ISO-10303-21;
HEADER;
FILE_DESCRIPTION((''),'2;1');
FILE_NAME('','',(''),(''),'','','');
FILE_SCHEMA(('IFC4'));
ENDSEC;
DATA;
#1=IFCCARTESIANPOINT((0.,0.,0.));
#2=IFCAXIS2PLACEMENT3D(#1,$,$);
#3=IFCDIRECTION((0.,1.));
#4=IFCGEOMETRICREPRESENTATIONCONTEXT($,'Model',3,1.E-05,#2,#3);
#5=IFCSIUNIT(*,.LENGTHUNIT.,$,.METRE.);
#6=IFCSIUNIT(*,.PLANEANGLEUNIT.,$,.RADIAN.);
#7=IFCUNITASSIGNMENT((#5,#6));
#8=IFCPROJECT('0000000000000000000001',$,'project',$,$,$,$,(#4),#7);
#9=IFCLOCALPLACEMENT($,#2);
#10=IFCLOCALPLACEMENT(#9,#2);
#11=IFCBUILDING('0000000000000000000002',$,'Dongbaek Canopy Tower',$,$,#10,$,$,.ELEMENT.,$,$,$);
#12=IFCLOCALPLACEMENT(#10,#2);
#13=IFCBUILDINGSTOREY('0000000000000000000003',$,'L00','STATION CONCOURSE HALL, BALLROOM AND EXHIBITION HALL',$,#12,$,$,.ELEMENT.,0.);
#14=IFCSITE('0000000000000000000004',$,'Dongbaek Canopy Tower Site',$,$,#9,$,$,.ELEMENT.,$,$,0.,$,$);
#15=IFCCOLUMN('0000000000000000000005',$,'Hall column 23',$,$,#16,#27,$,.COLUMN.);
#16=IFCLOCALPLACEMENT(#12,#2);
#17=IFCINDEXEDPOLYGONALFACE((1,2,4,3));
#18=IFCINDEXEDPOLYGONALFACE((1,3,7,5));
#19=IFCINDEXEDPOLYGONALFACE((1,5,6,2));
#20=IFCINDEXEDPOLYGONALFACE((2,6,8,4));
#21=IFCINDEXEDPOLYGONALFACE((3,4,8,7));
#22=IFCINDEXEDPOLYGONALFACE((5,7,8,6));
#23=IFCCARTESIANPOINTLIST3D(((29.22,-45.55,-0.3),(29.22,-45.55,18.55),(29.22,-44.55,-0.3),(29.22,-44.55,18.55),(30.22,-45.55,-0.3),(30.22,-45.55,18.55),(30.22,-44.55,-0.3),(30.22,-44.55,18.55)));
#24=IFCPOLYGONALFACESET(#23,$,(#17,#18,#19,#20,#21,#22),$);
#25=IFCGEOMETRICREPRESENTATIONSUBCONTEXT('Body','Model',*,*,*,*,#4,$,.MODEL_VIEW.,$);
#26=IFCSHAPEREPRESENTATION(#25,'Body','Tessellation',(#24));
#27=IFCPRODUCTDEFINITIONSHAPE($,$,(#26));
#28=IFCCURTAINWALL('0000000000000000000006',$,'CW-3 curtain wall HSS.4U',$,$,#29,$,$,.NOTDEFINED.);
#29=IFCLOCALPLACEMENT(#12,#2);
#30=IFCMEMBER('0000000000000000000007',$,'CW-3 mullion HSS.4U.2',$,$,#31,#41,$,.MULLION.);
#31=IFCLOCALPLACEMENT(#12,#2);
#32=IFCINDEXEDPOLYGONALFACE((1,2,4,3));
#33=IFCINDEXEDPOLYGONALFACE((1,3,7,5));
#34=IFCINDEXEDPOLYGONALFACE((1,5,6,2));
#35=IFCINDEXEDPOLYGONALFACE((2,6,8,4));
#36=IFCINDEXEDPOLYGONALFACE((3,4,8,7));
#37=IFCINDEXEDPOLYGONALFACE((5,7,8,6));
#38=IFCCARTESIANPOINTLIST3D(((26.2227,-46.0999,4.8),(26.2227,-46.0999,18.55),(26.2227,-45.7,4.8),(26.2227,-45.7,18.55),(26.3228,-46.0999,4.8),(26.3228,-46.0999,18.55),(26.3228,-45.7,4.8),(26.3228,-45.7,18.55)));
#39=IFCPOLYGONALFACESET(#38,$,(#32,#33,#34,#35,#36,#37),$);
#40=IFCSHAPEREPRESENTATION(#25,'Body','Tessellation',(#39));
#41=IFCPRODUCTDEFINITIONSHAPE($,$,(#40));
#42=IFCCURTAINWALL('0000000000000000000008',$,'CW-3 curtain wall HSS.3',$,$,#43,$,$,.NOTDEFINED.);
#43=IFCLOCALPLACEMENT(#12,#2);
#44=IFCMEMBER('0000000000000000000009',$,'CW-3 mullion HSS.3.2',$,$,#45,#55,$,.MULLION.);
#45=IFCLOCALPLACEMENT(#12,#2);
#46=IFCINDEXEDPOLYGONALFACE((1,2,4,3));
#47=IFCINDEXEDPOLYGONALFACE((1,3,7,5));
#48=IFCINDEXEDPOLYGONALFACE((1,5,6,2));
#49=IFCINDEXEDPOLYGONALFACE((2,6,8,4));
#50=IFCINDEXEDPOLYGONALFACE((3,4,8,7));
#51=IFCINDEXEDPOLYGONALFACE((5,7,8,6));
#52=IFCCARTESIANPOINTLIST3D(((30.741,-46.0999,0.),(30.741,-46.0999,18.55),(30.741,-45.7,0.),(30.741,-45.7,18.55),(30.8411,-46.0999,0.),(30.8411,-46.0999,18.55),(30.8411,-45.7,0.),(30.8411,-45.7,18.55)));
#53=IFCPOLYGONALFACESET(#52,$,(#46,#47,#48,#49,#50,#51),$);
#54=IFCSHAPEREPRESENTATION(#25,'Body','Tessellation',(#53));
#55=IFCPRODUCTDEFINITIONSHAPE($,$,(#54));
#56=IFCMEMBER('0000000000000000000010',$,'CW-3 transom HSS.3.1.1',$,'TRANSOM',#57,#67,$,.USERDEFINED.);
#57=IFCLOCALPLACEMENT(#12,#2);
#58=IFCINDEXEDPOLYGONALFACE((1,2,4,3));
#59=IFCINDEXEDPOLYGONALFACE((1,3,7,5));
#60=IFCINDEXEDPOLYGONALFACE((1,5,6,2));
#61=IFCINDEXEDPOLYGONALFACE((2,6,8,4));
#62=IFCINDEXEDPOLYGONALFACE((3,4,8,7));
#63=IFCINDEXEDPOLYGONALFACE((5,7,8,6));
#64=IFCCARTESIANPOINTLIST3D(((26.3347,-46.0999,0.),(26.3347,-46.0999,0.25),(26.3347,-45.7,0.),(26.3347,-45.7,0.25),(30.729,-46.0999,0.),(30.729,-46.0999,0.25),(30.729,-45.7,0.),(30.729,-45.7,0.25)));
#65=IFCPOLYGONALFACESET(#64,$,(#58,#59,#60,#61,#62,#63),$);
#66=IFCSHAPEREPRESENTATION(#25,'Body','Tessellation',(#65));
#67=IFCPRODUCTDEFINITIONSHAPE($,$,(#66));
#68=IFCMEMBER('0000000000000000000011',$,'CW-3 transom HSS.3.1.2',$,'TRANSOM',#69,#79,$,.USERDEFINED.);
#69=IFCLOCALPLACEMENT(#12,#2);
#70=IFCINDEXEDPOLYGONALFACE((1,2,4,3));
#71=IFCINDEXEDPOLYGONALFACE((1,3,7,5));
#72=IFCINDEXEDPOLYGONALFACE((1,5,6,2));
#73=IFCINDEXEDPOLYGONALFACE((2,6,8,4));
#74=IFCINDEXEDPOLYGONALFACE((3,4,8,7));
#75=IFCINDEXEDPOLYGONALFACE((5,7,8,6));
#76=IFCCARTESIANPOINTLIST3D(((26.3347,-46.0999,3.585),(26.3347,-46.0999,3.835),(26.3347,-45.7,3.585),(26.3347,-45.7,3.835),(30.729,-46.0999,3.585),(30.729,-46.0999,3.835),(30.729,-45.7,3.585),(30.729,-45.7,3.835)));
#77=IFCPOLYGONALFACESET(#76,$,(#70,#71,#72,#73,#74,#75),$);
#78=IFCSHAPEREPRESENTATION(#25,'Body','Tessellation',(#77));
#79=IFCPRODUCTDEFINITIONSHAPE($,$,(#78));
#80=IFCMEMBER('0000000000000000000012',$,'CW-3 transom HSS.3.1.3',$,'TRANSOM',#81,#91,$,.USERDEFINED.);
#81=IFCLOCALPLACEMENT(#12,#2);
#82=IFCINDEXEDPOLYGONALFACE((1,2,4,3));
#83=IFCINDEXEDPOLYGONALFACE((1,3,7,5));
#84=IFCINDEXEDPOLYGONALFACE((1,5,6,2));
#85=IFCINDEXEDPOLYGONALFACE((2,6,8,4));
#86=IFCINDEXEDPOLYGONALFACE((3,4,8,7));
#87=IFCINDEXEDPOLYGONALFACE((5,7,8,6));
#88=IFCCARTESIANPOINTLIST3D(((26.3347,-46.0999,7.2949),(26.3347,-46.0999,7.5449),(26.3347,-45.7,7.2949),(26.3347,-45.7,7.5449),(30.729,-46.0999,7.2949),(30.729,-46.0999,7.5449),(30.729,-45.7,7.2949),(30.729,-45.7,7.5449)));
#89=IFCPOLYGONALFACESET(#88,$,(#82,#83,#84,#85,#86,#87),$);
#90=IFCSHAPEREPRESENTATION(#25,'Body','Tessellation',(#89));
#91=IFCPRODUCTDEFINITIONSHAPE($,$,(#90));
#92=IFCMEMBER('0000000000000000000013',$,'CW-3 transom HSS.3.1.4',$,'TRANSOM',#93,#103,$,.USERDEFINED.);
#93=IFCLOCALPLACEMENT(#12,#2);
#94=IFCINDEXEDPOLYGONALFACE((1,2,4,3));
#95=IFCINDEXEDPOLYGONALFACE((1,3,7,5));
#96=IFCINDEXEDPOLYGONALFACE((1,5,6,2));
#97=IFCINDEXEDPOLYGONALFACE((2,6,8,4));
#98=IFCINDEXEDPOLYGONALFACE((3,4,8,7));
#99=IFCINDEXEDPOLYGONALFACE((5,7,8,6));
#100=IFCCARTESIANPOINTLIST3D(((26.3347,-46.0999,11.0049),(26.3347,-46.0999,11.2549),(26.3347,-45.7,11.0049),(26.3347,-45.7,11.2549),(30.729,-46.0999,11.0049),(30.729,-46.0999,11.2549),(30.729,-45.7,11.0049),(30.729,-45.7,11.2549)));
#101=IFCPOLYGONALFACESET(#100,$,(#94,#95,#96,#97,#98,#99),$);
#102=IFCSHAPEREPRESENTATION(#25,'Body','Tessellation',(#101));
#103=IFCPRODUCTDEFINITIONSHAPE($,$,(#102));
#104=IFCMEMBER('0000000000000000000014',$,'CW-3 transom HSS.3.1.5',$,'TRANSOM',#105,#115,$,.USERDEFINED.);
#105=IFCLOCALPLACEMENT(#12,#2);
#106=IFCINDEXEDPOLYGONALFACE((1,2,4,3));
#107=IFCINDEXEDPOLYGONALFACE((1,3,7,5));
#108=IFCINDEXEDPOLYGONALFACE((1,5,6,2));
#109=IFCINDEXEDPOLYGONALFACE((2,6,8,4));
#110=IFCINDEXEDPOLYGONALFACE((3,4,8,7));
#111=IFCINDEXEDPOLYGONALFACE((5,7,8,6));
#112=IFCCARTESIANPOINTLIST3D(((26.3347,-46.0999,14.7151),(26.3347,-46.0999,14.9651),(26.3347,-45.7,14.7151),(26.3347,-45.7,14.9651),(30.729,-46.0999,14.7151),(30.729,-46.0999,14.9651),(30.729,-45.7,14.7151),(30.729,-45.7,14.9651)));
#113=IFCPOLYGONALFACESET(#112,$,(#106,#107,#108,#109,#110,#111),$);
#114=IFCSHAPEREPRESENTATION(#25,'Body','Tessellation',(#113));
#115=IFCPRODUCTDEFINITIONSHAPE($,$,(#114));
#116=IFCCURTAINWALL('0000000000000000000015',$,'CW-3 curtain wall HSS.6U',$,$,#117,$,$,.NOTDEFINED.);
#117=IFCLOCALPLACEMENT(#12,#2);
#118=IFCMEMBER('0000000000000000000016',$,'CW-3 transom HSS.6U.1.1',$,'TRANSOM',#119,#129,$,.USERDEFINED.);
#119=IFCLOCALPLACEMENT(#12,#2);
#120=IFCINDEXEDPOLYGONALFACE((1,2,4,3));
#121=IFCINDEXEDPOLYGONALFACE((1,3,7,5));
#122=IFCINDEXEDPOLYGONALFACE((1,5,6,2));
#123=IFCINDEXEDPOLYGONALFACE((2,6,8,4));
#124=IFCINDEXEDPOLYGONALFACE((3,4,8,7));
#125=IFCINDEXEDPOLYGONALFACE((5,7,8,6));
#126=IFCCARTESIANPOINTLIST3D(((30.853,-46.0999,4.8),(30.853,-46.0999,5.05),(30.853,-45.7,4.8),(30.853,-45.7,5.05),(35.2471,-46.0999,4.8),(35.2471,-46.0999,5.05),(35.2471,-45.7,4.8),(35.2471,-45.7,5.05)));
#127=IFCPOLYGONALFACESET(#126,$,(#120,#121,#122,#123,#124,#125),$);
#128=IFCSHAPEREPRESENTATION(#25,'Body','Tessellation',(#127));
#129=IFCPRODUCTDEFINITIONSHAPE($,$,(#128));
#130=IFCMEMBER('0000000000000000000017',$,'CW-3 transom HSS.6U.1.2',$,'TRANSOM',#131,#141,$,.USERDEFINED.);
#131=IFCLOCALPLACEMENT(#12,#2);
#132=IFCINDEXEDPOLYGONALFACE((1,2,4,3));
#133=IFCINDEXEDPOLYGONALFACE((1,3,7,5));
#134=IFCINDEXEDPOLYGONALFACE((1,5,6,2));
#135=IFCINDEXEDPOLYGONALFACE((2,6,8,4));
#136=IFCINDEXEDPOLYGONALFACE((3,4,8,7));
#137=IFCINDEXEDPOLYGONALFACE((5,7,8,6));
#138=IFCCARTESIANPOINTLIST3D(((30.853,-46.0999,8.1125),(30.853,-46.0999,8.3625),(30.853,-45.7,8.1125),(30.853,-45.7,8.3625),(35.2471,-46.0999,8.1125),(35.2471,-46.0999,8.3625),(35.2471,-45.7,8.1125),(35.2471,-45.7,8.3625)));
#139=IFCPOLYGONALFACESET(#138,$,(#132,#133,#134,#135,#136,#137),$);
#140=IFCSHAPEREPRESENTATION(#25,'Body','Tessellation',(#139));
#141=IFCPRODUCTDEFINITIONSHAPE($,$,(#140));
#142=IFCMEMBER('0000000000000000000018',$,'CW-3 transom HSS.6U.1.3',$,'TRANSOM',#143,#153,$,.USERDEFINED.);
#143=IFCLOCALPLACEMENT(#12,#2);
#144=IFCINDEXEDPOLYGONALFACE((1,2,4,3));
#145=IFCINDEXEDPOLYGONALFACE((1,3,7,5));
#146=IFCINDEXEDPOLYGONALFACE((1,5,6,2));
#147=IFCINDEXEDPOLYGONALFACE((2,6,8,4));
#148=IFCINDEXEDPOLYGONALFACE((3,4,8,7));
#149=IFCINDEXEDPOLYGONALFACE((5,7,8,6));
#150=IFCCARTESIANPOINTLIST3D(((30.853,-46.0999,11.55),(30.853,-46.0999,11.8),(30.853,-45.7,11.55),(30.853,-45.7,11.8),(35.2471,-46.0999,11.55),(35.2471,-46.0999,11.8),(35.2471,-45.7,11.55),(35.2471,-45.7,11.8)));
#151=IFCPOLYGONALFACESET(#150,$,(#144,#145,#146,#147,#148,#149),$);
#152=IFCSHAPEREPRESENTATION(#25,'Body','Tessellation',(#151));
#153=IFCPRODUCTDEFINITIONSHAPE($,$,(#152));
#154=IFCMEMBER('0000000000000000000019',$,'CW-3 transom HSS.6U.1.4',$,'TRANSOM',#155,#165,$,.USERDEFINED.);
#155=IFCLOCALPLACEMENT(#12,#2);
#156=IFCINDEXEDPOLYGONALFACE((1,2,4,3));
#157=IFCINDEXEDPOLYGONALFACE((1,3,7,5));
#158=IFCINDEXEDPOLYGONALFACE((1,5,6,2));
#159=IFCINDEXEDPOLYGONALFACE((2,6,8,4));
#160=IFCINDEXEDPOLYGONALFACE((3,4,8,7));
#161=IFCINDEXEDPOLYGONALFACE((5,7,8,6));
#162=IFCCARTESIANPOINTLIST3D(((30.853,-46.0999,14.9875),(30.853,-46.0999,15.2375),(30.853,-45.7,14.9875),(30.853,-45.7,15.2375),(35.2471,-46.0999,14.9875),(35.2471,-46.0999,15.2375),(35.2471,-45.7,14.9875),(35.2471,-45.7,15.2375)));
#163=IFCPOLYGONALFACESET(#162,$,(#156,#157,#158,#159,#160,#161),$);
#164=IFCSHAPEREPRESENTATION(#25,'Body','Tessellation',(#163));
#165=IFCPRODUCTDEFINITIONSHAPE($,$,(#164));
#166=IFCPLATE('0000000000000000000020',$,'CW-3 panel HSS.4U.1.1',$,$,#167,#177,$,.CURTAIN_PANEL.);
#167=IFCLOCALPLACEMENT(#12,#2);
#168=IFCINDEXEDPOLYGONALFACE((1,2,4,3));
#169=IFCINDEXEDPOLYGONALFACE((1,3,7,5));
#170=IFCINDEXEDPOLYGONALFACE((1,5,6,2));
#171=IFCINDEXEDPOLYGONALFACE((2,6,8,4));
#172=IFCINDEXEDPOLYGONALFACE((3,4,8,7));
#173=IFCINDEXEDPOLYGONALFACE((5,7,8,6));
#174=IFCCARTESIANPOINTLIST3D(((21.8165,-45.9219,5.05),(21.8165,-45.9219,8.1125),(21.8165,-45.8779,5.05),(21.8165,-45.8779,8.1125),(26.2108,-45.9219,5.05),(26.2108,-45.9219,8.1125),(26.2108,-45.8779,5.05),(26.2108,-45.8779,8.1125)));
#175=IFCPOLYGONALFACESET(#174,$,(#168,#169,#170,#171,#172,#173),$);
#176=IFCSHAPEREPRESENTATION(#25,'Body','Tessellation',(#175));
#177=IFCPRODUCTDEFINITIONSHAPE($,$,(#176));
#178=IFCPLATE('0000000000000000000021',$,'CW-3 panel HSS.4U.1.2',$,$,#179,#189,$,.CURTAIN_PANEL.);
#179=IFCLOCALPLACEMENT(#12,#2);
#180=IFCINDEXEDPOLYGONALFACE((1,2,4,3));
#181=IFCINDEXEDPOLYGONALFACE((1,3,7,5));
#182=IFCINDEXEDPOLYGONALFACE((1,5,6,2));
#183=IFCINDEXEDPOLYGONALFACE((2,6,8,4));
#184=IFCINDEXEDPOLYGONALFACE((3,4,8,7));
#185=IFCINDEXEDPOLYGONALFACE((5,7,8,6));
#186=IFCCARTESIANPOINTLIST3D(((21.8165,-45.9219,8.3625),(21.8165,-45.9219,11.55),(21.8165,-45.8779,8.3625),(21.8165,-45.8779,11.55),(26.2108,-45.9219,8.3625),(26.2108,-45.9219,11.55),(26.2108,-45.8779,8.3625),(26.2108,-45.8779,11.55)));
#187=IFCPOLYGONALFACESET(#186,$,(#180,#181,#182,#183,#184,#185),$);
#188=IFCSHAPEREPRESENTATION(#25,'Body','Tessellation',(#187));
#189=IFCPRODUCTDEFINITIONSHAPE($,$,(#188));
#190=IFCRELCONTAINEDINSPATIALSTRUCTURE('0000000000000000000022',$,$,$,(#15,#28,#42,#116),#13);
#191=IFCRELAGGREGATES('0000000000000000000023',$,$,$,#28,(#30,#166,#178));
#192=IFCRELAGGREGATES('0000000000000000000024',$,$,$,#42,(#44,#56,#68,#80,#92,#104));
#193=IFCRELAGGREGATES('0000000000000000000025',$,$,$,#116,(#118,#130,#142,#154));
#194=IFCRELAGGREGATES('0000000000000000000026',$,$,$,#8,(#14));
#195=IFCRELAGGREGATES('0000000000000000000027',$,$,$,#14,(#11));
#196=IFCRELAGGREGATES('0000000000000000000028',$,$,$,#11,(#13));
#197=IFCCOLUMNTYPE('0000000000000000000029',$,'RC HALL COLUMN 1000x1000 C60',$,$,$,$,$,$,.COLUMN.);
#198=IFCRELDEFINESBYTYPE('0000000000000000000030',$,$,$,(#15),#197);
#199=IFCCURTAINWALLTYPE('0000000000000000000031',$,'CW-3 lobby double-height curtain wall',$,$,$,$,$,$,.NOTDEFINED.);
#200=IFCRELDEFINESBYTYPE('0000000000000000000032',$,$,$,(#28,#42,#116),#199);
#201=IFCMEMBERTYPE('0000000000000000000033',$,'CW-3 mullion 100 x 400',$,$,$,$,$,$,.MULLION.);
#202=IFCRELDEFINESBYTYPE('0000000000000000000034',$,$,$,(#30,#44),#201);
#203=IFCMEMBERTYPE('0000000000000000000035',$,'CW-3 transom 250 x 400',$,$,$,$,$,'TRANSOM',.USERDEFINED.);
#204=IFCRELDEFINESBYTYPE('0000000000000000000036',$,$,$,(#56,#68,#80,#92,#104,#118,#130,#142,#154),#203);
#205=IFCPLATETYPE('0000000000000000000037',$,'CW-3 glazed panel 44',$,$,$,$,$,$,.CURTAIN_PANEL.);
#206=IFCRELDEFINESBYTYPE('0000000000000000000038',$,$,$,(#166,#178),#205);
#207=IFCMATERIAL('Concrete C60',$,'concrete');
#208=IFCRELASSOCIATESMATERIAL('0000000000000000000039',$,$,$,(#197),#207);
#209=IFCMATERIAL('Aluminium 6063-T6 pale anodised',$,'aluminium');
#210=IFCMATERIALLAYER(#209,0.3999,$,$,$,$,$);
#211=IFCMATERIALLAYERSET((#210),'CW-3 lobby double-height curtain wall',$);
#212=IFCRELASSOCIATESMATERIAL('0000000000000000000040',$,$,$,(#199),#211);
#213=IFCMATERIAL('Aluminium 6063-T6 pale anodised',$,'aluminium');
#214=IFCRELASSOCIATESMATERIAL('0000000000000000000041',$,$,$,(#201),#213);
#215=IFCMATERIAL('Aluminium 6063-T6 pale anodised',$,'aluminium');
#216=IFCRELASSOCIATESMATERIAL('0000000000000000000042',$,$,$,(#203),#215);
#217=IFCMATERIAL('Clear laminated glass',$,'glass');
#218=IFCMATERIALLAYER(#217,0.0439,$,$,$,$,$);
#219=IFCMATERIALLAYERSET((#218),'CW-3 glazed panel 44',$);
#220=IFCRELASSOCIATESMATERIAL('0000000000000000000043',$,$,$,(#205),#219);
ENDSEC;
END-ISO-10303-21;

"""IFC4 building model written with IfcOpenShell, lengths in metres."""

from ifc_helpers import new_model, si_unit, direction, frame, origin, origin_2d, place, context, subcontext, project, spatial, rectangle, extrude, material, layer, layer_set, material_profile, profile_set, type_object, element, aggregate, save


model = new_model("IFC4")

# Units and contexts
model_context = context("Model", 3, precision=1e-05, world=origin(), true_north=direction((0.0, 1.0)))
body_context = subcontext(model_context, "Body", "Model", "MODEL_VIEW")
ifc_project = project(units=[si_unit("LENGTHUNIT", "METRE"), si_unit("PLANEANGLEUNIT", "RADIAN")], contexts=[model_context])

# Site, building, storey
site_placement = place(None, origin())
site = spatial("IfcSite", under=ifc_project, at=site_placement, Name="Dongbaek Canopy Tower Site", CompositionType="ELEMENT", RefElevation=0.0)
building_placement = place(site_placement, origin())
building = spatial("IfcBuilding", under=site, at=building_placement, Name="Dongbaek Canopy Tower", CompositionType="ELEMENT")
storey_placement = place(building_placement, origin())
storey = spatial("IfcBuildingStorey", under=building, at=storey_placement, Name="L00", Description="STATION CONCOURSE HALL, BALLROOM AND EXHIBITION HALL", CompositionType="ELEMENT", Elevation=0.0)

# Column
ifc_material_1 = material(Name="Concrete C60", Category="concrete")
ifc_material_profile_1 = material_profile(ifc_material_1, rectangle(XDim=1.0, YDim=1.0, at=origin_2d()), Name="RC HALL COLUMN 1000x1000 C60")
ifc_profile_set_1 = profile_set([ifc_material_profile_1], Name="Concrete C60")
column_type = type_object("IfcColumnType", Name="RC HALL COLUMN 1000x1000 C60", PredefinedType="COLUMN", material=ifc_profile_set_1)
column_placement = place(storey_placement, frame((29.72, -45.05, -0.3), z_axis=(0.0, 0.0, 1.0), x_axis=(1.0, 0.0, 0.0)))
element("IfcColumn", 1, at=column_placement, inside=storey, type_object=column_type, Name="Hall column 23", PredefinedType="COLUMN", context=body_context, shape_type="SweptSolid", body=[
    extrude(rectangle(XDim=1.0, YDim=1.0, at=origin_2d()), origin(), (0.0, 0.0, 1.0), 18.8501),
])

# Curtain wall, member
ifc_material_2 = material(Name="Aluminium 6063-T6 pale anodised", Category="aluminium")
ifc_layer_1 = layer(ifc_material_2, 0.3999)
ifc_layer_set_1 = layer_set([ifc_layer_1], Name="CW-3 lobby double-height curtain wall")
curtain_wall_type = type_object("IfcCurtainWallType", Name="CW-3 lobby double-height curtain wall", PredefinedType="NOTDEFINED", material=ifc_layer_set_1)
curtain_wall_1_placement = place(storey_placement, origin())
curtain_wall_1 = element("IfcCurtainWall", 2, at=curtain_wall_1_placement, inside=storey, type_object=curtain_wall_type, Name="CW-3 curtain wall HSS.4U", PredefinedType="NOTDEFINED")
ifc_material_3 = material(Name="Aluminium 6063-T6 pale anodised", Category="aluminium")
ifc_material_profile_2 = material_profile(ifc_material_3, rectangle(XDim=0.3999, YDim=0.1001, at=origin_2d()), Name="CW-3 mullion 100 x 400")
ifc_profile_set_2 = profile_set([ifc_material_profile_2], Name="Aluminium 6063-T6 pale anodised")
member_type_1 = type_object("IfcMemberType", Name="CW-3 mullion 100 x 400", PredefinedType="MULLION", material=ifc_profile_set_2)
member_1_placement = place(storey_placement, frame((26.2727, -45.8999, 4.8), z_axis=(0.0, 0.0, 1.0), x_axis=(0.0, -1.0, 0.0)))
member_1 = element("IfcMember", 3, at=member_1_placement, type_object=member_type_1, Name="CW-3 mullion HSS.4U.2", PredefinedType="MULLION", context=body_context, shape_type="SweptSolid", body=[
    extrude(rectangle(XDim=0.3999, YDim=0.1001, at=origin_2d()), origin(), (0.0, 0.0, 1.0), 13.75),
])

# Curtain walls, members
curtain_wall_2_placement = place(storey_placement, origin())
curtain_wall_2 = element("IfcCurtainWall", 4, at=curtain_wall_2_placement, inside=storey, type_object=curtain_wall_type, Name="CW-3 curtain wall HSS.3", PredefinedType="NOTDEFINED")
member_2_placement = place(storey_placement, frame((30.791, -45.8999, 0.0), z_axis=(0.0, 0.0, 1.0), x_axis=(0.0, -1.0, 0.0)))
member_2 = element("IfcMember", 5, at=member_2_placement, type_object=member_type_1, Name="CW-3 mullion HSS.3.2", PredefinedType="MULLION", context=body_context, shape_type="SweptSolid", body=[
    extrude(rectangle(XDim=0.3999, YDim=0.1001, at=origin_2d()), origin(), (0.0, 0.0, 1.0), 18.55),
])
ifc_material_4 = material(Name="Aluminium 6063-T6 pale anodised", Category="aluminium")
ifc_material_profile_3 = material_profile(ifc_material_4, rectangle(XDim=0.3999, YDim=0.25, at=origin_2d()), Name="CW-3 transom 250 x 400")
ifc_profile_set_3 = profile_set([ifc_material_profile_3], Name="Aluminium 6063-T6 pale anodised")
member_type_2 = type_object("IfcMemberType", Name="CW-3 transom 250 x 400", ElementType="TRANSOM", PredefinedType="USERDEFINED", material=ifc_profile_set_3)
member_3_placement = place(storey_placement, frame((26.3347, -45.8999, 0.125), z_axis=(1.0, 0.0, 0.0), x_axis=(0.0, 1.0, 0.0)))
member_3 = element("IfcMember", 6, at=member_3_placement, type_object=member_type_2, Name="CW-3 transom HSS.3.1.1", ObjectType="TRANSOM", PredefinedType="USERDEFINED", context=body_context, shape_type="SweptSolid", body=[
    extrude(rectangle(XDim=0.3999, YDim=0.25, at=origin_2d()), origin(), (0.0, 0.0, 1.0), 4.3943),
])
member_4_placement = place(storey_placement, frame((26.3347, -45.8999, 3.71), z_axis=(1.0, 0.0, 0.0), x_axis=(0.0, 1.0, 0.0)))
member_4 = element("IfcMember", 7, at=member_4_placement, type_object=member_type_2, Name="CW-3 transom HSS.3.1.2", ObjectType="TRANSOM", PredefinedType="USERDEFINED", context=body_context, shape_type="SweptSolid", body=[
    extrude(rectangle(XDim=0.3999, YDim=0.25, at=origin_2d()), origin(), (0.0, 0.0, 1.0), 4.3943),
])
member_5_placement = place(storey_placement, frame((26.3347, -45.8999, 7.4199), z_axis=(1.0, 0.0, 0.0), x_axis=(0.0, 1.0, 0.0)))
member_5 = element("IfcMember", 8, at=member_5_placement, type_object=member_type_2, Name="CW-3 transom HSS.3.1.3", ObjectType="TRANSOM", PredefinedType="USERDEFINED", context=body_context, shape_type="SweptSolid", body=[
    extrude(rectangle(XDim=0.3999, YDim=0.25, at=origin_2d()), origin(), (0.0, 0.0, 1.0), 4.3943),
])
member_6_placement = place(storey_placement, frame((26.3347, -45.8999, 11.1299), z_axis=(1.0, 0.0, 0.0), x_axis=(0.0, 1.0, 0.0)))
member_6 = element("IfcMember", 9, at=member_6_placement, type_object=member_type_2, Name="CW-3 transom HSS.3.1.4", ObjectType="TRANSOM", PredefinedType="USERDEFINED", context=body_context, shape_type="SweptSolid", body=[
    extrude(rectangle(XDim=0.3999, YDim=0.25, at=origin_2d()), origin(), (0.0, 0.0, 1.0), 4.3943),
])
member_7_placement = place(storey_placement, frame((26.3347, -45.8999, 14.8401), z_axis=(1.0, 0.0, 0.0), x_axis=(0.0, 1.0, 0.0)))
member_7 = element("IfcMember", 10, at=member_7_placement, type_object=member_type_2, Name="CW-3 transom HSS.3.1.5", ObjectType="TRANSOM", PredefinedType="USERDEFINED", context=body_context, shape_type="SweptSolid", body=[
    extrude(rectangle(XDim=0.3999, YDim=0.25, at=origin_2d()), origin(), (0.0, 0.0, 1.0), 4.3943),
])
curtain_wall_3_placement = place(storey_placement, origin())
curtain_wall_3 = element("IfcCurtainWall", 11, at=curtain_wall_3_placement, inside=storey, type_object=curtain_wall_type, Name="CW-3 curtain wall HSS.6U", PredefinedType="NOTDEFINED")
member_8_placement = place(storey_placement, frame((30.853, -45.8999, 4.925), z_axis=(1.0, 0.0, 0.0), x_axis=(0.0, 1.0, 0.0)))
member_8 = element("IfcMember", 12, at=member_8_placement, type_object=member_type_2, Name="CW-3 transom HSS.6U.1.1", ObjectType="TRANSOM", PredefinedType="USERDEFINED", context=body_context, shape_type="SweptSolid", body=[
    extrude(rectangle(XDim=0.3999, YDim=0.25, at=origin_2d()), origin(), (0.0, 0.0, 1.0), 4.394),
])
member_9_placement = place(storey_placement, frame((30.853, -45.8999, 8.2375), z_axis=(1.0, 0.0, 0.0), x_axis=(0.0, 1.0, 0.0)))
member_9 = element("IfcMember", 13, at=member_9_placement, type_object=member_type_2, Name="CW-3 transom HSS.6U.1.2", ObjectType="TRANSOM", PredefinedType="USERDEFINED", context=body_context, shape_type="SweptSolid", body=[
    extrude(rectangle(XDim=0.3999, YDim=0.25, at=origin_2d()), origin(), (0.0, 0.0, 1.0), 4.394),
])
member_10_placement = place(storey_placement, frame((30.853, -45.8999, 11.675), z_axis=(1.0, 0.0, 0.0), x_axis=(0.0, 1.0, 0.0)))
member_10 = element("IfcMember", 14, at=member_10_placement, type_object=member_type_2, Name="CW-3 transom HSS.6U.1.3", ObjectType="TRANSOM", PredefinedType="USERDEFINED", context=body_context, shape_type="SweptSolid", body=[
    extrude(rectangle(XDim=0.3999, YDim=0.25, at=origin_2d()), origin(), (0.0, 0.0, 1.0), 4.394),
])
member_11_placement = place(storey_placement, frame((30.853, -45.8999, 15.1125), z_axis=(1.0, 0.0, 0.0), x_axis=(0.0, 1.0, 0.0)))
member_11 = element("IfcMember", 15, at=member_11_placement, type_object=member_type_2, Name="CW-3 transom HSS.6U.1.4", ObjectType="TRANSOM", PredefinedType="USERDEFINED", context=body_context, shape_type="SweptSolid", body=[
    extrude(rectangle(XDim=0.3999, YDim=0.25, at=origin_2d()), origin(), (0.0, 0.0, 1.0), 4.394),
])

# Plates
ifc_material_5 = material(Name="Clear laminated glass", Category="glass")
ifc_layer_2 = layer(ifc_material_5, 0.0439)
ifc_layer_set_2 = layer_set([ifc_layer_2], Name="CW-3 glazed panel 44")
plate_type = type_object("IfcPlateType", Name="CW-3 glazed panel 44", PredefinedType="CURTAIN_PANEL", material=ifc_layer_set_2)
plate_1_placement = place(storey_placement, frame((24.0137, -45.8999, 5.05), z_axis=(0.0, 0.0, 1.0), x_axis=(1.0, 0.0, 0.0)))
plate_1 = element("IfcPlate", 16, at=plate_1_placement, type_object=plate_type, Name="CW-3 panel HSS.4U.1.1", PredefinedType="CURTAIN_PANEL", context=body_context, shape_type="SweptSolid", body=[
    extrude(rectangle(XDim=4.3943, YDim=0.0439, at=origin_2d()), origin(), (0.0, 0.0, 1.0), 3.0625),
])
plate_2_placement = place(storey_placement, frame((24.0137, -45.8999, 8.3625), z_axis=(0.0, 0.0, 1.0), x_axis=(1.0, 0.0, 0.0)))
plate_2 = element("IfcPlate", 17, at=plate_2_placement, type_object=plate_type, Name="CW-3 panel HSS.4U.1.2", PredefinedType="CURTAIN_PANEL", context=body_context, shape_type="SweptSolid", body=[
    extrude(rectangle(XDim=4.3943, YDim=0.0439, at=origin_2d()), origin(), (0.0, 0.0, 1.0), 3.1875),
])
aggregate(curtain_wall_1, [member_1, plate_1, plate_2])
aggregate(curtain_wall_2, [member_2, member_3, member_4, member_5, member_6, member_7])
aggregate(curtain_wall_3, [member_8, member_9, member_10, member_11])

save(model, "model.ifc")
